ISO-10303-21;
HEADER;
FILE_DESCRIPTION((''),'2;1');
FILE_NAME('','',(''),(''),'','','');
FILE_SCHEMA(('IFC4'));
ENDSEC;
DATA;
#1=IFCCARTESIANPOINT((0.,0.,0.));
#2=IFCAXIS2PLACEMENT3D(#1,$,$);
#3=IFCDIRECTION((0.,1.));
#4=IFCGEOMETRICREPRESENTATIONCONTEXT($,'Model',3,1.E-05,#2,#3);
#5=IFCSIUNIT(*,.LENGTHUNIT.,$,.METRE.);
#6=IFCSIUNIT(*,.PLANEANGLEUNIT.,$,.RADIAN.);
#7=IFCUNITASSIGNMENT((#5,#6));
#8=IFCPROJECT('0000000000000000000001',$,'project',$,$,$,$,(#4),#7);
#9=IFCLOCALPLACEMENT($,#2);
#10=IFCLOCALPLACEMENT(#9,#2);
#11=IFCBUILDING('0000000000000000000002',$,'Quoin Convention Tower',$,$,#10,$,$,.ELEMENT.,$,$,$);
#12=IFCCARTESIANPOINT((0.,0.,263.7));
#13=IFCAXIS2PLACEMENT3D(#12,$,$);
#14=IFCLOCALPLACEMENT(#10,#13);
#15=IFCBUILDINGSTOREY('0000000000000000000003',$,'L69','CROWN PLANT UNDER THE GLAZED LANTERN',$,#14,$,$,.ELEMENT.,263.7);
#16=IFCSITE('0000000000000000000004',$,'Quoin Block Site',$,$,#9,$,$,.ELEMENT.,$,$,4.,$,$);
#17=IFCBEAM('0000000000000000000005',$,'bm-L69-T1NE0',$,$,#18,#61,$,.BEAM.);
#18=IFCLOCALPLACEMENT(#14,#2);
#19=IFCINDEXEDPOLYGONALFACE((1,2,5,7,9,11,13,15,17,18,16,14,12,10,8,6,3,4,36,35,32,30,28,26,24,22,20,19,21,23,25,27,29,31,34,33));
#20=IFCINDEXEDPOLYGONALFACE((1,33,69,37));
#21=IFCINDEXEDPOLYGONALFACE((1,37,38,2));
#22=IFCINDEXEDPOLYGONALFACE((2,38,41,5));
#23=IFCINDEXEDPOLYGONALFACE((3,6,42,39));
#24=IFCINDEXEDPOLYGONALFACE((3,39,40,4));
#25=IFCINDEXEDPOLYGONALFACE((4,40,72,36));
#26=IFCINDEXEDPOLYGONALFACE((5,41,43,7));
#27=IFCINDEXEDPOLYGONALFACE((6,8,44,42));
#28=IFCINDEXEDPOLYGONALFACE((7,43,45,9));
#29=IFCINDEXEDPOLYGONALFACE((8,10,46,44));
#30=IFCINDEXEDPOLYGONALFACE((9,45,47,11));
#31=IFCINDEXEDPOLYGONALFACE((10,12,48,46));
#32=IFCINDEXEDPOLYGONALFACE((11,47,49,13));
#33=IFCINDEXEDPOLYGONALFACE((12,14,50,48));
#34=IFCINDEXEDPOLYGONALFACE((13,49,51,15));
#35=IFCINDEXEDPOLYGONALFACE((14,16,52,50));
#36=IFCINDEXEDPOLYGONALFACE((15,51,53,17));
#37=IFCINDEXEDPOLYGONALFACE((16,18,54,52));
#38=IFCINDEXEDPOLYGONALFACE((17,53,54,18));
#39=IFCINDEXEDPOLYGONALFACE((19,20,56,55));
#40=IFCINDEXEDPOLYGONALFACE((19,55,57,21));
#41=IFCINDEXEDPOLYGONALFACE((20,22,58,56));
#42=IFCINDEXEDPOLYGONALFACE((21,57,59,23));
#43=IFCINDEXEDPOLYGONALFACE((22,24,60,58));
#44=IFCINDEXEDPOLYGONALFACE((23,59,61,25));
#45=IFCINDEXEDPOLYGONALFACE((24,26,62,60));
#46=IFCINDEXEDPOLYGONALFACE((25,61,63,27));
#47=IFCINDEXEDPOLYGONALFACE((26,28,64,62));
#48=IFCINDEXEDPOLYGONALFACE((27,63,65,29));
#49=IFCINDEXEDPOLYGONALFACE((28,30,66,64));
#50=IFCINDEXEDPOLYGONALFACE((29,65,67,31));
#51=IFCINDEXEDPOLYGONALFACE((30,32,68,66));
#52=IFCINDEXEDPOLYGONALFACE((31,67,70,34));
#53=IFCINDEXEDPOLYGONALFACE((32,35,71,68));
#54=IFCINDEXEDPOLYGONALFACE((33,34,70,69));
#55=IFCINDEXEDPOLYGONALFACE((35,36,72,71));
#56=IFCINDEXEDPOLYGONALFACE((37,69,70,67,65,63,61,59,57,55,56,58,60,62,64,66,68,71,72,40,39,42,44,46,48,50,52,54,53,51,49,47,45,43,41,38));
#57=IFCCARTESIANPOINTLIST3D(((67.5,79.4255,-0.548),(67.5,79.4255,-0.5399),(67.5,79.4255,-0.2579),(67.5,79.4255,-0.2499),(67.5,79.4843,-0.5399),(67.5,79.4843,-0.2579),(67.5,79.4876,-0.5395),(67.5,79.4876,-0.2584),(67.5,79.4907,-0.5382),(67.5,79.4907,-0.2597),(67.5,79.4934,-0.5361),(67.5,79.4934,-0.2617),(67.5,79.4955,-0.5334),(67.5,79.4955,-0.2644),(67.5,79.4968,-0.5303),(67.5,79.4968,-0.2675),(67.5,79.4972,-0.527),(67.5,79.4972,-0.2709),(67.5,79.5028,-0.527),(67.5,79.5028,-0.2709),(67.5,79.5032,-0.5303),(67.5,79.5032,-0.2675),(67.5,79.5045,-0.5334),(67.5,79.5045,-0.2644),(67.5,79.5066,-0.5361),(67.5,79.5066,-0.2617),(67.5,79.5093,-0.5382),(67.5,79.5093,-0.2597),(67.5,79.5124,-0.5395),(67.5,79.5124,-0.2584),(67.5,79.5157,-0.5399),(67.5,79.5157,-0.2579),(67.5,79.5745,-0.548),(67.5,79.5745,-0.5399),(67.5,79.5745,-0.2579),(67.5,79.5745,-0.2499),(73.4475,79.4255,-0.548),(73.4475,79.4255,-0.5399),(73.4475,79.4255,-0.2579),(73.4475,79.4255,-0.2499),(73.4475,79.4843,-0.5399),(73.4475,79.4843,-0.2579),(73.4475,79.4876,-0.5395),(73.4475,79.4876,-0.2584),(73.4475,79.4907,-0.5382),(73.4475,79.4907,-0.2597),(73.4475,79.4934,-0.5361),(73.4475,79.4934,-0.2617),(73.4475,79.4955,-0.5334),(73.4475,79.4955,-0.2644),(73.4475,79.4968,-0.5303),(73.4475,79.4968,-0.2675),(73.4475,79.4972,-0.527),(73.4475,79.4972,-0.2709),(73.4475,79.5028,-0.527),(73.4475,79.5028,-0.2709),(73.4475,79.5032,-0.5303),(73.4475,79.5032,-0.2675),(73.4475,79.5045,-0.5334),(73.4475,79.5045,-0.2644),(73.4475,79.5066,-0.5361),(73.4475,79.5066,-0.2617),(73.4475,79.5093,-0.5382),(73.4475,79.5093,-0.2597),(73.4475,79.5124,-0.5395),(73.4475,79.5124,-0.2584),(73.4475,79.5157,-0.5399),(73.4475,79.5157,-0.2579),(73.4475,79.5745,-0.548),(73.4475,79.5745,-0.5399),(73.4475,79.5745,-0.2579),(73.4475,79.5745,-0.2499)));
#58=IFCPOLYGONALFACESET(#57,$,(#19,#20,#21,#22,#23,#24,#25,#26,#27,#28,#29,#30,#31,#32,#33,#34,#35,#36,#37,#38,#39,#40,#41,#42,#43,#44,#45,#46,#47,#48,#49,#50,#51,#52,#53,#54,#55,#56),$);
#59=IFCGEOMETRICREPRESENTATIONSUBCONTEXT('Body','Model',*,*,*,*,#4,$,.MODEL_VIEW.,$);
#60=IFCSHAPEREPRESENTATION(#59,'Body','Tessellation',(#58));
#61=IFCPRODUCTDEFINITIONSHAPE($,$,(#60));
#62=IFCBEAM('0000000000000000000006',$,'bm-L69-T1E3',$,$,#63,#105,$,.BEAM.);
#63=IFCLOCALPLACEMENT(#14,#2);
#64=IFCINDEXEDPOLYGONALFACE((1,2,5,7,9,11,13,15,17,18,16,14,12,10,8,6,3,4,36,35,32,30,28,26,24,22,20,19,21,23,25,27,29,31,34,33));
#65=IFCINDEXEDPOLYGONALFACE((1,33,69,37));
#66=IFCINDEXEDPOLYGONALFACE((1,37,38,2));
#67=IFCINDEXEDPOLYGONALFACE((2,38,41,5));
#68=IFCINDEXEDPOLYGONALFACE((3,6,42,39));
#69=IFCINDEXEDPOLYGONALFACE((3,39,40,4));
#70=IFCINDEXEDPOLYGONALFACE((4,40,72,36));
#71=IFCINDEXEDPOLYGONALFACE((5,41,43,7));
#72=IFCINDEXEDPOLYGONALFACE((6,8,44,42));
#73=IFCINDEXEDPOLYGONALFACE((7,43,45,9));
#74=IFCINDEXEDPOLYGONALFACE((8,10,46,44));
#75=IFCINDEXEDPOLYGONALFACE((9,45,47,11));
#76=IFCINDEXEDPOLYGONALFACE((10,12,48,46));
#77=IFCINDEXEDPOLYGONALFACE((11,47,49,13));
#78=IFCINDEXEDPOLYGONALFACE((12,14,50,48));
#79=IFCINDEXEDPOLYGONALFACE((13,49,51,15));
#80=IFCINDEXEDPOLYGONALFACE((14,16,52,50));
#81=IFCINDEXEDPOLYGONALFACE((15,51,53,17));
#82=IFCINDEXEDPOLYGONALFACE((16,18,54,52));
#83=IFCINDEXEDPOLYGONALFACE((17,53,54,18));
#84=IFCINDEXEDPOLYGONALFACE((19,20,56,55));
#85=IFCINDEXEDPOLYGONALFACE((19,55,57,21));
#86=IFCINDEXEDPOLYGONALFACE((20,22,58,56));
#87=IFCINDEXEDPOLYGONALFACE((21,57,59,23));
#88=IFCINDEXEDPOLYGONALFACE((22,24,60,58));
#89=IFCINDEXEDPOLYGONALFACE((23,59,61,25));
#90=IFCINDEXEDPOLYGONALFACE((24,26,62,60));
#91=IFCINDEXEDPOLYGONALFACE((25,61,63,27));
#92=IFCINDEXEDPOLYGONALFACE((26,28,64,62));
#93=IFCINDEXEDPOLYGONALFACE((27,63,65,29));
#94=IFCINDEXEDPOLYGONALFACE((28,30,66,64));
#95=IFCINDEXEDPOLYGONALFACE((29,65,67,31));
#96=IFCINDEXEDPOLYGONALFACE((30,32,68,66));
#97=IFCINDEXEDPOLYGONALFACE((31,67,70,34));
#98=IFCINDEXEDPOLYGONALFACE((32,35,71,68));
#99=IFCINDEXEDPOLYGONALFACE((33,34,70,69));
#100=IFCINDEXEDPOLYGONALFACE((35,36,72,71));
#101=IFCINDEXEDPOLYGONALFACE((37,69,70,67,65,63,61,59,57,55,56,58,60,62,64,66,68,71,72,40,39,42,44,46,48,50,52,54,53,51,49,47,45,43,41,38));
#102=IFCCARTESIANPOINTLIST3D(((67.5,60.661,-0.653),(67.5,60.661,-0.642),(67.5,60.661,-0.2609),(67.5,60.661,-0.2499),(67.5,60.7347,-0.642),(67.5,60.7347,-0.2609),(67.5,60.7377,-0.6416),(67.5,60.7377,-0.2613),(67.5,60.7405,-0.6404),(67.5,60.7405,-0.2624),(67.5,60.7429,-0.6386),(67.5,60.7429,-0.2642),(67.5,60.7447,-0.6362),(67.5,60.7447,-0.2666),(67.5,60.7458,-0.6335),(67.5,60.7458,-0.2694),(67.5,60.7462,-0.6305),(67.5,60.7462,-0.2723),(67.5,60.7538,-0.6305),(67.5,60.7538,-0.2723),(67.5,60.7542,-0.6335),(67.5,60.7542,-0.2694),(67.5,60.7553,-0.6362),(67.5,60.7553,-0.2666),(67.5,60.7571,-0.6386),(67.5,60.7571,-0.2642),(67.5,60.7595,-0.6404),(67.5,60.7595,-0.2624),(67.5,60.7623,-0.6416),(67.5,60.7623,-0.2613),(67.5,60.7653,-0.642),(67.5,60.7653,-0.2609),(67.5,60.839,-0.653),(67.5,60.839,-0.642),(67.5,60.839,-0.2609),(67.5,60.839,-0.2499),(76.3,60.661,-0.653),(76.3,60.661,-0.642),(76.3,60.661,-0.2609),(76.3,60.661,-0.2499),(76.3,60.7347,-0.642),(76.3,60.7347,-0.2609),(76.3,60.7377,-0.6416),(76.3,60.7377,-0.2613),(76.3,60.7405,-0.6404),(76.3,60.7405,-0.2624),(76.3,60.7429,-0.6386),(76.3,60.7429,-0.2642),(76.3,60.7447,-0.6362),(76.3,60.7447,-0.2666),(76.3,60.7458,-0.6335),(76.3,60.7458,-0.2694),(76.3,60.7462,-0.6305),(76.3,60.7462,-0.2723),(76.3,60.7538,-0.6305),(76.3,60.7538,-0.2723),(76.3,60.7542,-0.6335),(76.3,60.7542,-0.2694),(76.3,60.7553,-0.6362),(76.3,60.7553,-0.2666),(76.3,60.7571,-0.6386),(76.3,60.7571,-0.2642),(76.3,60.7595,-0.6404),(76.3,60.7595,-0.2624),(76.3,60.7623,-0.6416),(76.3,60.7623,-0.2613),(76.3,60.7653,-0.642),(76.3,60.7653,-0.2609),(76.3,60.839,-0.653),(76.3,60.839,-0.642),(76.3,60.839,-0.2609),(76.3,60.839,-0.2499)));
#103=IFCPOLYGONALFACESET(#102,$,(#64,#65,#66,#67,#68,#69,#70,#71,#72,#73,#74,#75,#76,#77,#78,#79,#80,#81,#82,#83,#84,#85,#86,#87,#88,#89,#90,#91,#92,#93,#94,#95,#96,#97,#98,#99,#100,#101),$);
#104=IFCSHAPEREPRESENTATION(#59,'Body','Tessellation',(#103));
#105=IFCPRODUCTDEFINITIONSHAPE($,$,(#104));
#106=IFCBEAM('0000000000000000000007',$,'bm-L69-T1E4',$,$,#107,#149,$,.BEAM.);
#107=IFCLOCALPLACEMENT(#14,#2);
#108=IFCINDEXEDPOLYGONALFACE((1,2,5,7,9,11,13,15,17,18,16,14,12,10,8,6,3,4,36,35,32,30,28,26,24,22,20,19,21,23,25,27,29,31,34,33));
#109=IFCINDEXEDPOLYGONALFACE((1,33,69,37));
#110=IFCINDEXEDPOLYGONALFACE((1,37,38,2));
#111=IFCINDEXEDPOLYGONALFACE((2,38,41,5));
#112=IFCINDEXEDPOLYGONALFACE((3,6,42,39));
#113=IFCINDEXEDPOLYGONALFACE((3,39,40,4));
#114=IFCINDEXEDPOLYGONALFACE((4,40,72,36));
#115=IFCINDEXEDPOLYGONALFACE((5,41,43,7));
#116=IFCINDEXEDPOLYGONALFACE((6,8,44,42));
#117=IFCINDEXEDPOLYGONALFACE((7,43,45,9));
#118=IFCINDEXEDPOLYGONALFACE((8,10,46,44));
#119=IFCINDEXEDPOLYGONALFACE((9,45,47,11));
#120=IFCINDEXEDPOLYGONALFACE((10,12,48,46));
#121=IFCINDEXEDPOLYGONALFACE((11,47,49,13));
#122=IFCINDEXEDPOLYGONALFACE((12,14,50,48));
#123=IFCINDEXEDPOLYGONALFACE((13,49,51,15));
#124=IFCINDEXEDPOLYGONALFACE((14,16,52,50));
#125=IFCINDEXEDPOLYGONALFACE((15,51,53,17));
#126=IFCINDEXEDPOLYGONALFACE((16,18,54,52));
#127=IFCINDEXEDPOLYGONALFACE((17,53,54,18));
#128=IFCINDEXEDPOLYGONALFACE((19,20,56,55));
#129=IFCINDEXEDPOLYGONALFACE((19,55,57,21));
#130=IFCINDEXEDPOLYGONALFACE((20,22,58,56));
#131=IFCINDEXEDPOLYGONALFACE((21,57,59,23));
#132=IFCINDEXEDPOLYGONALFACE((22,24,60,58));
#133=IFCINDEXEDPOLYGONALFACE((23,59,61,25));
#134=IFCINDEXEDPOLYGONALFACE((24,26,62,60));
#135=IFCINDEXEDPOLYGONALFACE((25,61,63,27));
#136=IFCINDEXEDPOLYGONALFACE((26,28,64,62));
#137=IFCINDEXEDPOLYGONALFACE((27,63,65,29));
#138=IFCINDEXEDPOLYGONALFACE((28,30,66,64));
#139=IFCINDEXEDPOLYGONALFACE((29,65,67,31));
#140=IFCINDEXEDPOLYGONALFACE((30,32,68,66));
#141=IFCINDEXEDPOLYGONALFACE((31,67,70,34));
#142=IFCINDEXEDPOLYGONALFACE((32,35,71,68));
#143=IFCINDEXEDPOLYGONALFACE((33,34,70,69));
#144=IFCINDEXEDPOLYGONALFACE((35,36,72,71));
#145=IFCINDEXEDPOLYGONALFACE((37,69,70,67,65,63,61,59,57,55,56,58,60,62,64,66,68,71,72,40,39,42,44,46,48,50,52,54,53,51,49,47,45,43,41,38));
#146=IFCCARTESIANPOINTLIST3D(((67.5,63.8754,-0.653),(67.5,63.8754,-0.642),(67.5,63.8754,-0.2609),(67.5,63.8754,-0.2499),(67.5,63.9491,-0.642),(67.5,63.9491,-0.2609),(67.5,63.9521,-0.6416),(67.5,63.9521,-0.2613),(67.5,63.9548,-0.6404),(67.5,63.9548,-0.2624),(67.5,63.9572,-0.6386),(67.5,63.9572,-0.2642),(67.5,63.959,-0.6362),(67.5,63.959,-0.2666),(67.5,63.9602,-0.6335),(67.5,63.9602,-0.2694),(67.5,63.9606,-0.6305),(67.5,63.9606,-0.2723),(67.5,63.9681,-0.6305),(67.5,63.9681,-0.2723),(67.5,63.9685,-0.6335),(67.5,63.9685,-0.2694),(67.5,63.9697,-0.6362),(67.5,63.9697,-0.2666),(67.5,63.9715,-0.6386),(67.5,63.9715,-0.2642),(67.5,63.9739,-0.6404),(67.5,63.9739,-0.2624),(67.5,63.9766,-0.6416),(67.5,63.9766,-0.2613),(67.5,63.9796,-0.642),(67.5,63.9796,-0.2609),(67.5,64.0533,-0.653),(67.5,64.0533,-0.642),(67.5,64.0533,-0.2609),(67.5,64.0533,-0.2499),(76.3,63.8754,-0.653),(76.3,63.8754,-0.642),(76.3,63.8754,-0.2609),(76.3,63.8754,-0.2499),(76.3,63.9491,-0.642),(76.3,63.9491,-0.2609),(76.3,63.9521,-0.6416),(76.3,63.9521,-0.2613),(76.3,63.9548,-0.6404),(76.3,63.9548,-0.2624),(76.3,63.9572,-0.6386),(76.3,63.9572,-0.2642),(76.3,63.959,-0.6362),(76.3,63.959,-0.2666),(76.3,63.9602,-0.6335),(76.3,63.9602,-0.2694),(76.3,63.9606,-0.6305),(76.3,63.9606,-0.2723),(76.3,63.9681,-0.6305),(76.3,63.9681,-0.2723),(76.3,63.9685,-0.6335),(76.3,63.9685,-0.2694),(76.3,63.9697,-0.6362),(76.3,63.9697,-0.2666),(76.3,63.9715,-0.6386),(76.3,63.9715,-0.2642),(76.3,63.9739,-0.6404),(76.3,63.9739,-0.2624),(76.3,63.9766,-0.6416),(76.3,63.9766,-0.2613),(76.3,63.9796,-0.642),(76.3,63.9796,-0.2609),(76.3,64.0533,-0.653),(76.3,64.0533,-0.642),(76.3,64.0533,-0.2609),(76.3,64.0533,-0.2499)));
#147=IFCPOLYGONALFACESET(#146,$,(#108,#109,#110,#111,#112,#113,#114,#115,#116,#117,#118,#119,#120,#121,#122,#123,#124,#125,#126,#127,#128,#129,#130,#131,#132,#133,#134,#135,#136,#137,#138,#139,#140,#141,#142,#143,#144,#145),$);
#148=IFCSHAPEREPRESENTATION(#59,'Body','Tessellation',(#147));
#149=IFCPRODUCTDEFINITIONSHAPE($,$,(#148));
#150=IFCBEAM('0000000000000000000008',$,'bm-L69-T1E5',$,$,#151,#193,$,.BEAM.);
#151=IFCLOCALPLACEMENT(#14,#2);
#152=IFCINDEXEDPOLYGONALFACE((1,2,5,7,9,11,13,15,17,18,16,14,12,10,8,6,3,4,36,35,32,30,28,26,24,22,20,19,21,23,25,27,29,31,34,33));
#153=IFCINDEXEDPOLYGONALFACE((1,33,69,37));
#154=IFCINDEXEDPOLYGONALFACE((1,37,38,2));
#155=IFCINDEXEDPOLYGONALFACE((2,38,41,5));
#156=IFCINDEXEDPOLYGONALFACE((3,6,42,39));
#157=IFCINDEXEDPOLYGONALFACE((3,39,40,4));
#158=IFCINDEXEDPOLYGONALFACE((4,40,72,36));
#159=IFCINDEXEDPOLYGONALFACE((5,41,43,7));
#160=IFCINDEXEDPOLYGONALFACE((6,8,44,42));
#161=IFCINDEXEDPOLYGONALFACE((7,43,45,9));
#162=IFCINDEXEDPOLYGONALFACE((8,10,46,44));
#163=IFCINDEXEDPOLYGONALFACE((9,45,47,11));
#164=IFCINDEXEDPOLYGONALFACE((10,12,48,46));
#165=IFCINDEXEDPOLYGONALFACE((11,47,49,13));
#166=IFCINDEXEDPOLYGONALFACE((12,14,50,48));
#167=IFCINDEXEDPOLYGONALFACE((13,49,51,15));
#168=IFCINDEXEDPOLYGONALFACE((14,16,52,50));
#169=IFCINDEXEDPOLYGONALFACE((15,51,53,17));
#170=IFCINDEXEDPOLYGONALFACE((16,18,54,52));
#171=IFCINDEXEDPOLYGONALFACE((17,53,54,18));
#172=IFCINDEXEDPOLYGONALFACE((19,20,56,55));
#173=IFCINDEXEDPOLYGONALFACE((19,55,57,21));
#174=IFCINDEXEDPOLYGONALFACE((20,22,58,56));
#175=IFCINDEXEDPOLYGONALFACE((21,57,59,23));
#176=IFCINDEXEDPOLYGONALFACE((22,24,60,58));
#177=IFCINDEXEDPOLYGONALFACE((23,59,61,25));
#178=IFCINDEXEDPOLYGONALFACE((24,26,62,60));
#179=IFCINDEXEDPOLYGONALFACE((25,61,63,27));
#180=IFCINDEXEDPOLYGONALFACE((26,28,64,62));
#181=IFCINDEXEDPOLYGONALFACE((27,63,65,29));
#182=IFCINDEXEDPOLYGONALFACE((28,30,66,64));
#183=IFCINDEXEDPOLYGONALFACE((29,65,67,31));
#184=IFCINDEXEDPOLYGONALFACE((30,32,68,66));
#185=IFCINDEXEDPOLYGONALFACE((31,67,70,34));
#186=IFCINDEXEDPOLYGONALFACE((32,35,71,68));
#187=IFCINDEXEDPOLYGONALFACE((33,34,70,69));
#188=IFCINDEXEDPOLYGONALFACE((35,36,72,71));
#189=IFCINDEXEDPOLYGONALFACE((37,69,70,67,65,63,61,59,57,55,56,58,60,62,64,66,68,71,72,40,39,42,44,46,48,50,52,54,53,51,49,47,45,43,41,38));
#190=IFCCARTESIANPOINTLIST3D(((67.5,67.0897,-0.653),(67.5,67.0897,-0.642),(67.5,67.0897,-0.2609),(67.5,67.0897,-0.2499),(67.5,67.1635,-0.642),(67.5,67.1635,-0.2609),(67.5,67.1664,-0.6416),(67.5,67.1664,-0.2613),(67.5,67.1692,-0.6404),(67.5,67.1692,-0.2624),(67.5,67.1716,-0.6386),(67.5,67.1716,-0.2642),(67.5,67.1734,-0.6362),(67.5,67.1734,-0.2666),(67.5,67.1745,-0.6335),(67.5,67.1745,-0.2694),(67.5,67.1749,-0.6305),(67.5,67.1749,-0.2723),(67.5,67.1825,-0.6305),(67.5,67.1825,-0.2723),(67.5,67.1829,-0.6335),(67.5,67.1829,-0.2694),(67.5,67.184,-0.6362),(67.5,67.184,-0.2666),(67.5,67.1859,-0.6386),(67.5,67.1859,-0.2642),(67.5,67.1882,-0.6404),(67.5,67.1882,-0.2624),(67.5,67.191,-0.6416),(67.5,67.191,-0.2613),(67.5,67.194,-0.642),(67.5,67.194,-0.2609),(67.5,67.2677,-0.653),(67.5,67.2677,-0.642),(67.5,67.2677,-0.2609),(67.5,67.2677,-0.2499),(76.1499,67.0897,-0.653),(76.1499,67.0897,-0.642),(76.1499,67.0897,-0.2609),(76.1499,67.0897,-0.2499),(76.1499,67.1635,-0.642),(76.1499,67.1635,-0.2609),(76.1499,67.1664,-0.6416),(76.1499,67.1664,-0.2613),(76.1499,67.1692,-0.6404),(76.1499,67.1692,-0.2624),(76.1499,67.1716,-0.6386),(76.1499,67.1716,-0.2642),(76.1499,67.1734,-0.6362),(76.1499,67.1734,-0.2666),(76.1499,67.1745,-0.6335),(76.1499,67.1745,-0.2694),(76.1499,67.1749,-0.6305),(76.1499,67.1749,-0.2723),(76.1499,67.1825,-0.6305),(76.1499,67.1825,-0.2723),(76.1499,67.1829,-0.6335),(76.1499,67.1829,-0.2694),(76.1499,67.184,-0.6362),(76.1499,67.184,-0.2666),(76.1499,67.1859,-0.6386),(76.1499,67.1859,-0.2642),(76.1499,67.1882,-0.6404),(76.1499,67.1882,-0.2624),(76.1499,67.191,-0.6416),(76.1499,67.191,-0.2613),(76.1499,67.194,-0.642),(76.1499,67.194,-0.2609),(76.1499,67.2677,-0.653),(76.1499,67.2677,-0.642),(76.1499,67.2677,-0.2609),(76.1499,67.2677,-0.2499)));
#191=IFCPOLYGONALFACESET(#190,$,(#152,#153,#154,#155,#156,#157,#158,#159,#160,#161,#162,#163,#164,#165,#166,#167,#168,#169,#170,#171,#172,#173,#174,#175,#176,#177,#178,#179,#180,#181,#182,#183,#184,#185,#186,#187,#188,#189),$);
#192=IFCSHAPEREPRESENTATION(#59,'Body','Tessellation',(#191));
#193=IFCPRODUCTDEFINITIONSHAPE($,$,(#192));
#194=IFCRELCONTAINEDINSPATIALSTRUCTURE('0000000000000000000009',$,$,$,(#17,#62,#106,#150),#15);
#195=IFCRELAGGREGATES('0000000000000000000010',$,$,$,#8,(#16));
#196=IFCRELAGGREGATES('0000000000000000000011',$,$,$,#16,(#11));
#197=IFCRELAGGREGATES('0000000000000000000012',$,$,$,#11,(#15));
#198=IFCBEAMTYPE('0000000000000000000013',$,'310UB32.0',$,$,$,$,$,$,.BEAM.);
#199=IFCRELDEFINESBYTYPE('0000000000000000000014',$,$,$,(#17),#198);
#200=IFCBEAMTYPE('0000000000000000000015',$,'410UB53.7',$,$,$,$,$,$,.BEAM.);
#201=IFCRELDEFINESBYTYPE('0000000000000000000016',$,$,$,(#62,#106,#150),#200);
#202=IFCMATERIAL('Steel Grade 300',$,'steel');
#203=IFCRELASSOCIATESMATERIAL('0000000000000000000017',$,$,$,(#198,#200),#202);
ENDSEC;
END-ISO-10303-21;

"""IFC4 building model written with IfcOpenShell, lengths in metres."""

from ifc_helpers import new_model, si_unit, direction, frame, origin, origin_2d, place, context, subcontext, project, spatial, i_section, extrude, material, material_profile, profile_set, type_object, element, save


model = new_model("IFC4")

# Units and contexts
model_context = context("Model", 3, precision=1e-05, world=origin(), true_north=direction((0.0, 1.0)))
body_context = subcontext(model_context, "Body", "Model", "MODEL_VIEW")
ifc_project = project(units=[si_unit("LENGTHUNIT", "METRE"), si_unit("PLANEANGLEUNIT", "RADIAN")], contexts=[model_context])

# Site, building, storey
site_placement = place(None, origin())
site = spatial("IfcSite", under=ifc_project, at=site_placement, Name="Quoin Block Site", CompositionType="ELEMENT", RefElevation=4.0)
building_placement = place(site_placement, origin())
building = spatial("IfcBuilding", under=site, at=building_placement, Name="Quoin Convention Tower", CompositionType="ELEMENT")
storey_placement = place(building_placement, frame((0.0, 0.0, 263.7)))
storey = spatial("IfcBuildingStorey", under=building, at=storey_placement, Name="L69", Description="CROWN PLANT UNDER THE GLAZED LANTERN", CompositionType="ELEMENT", Elevation=263.7)

# Beams
ifc_material_1 = material(Name="Steel Grade 300", Category="steel")
ifc_material_profile_1 = material_profile(ifc_material_1, i_section(OverallWidth=0.1489, OverallDepth=0.2981, WebThickness=0.0056, FlangeThickness=0.0081, FilletRadius=0.0129, at=origin_2d()), Name="310UB32.0")
ifc_profile_set_1 = profile_set([ifc_material_profile_1], Name="Steel Grade 300")
beam_type_1 = type_object("IfcBeamType", Name="310UB32.0", PredefinedType="BEAM", material=ifc_profile_set_1)
beam_1_placement = place(storey_placement, frame((67.5, 79.5, -0.3989), z_axis=(1.0, 0.0, 0.0), x_axis=(0.0, 1.0, 0.0)))
element("IfcBeam", 1, at=beam_1_placement, inside=storey, type_object=beam_type_1, Name="bm-L69-T1NE0", PredefinedType="BEAM", context=body_context, shape_type="SweptSolid", body=[
    extrude(i_section(OverallWidth=0.1489, OverallDepth=0.2981, WebThickness=0.0056, FlangeThickness=0.0081, FilletRadius=0.0129, at=origin_2d()), origin(), (0.0, 0.0, 1.0), 5.9475),
])
ifc_material_profile_2 = material_profile(ifc_material_1, i_section(OverallWidth=0.178, OverallDepth=0.4031, WebThickness=0.0076, FlangeThickness=0.011, FilletRadius=0.0115, at=origin_2d()), Name="410UB53.7")
ifc_profile_set_2 = profile_set([ifc_material_profile_2], Name="Steel Grade 300")
beam_type_2 = type_object("IfcBeamType", Name="410UB53.7", PredefinedType="BEAM", material=ifc_profile_set_2)
for number, where, z_axis, x_axis, name in (
    (2, (67.5, 60.75, -0.4514), (1.0, 0.0, 0.0), (0.0, 1.0, 0.0), "bm-L69-T1E3"),
    (3, (67.5, 63.9644, -0.4514), (1.0, 0.0, 0.0), (0.0, 1.0, 0.0), "bm-L69-T1E4"),
):
    element("IfcBeam", number, at=place(storey_placement, frame(where, z_axis=z_axis, x_axis=x_axis)), inside=storey, type_object=beam_type_2, Name=name, PredefinedType="BEAM", context=body_context, shape_type="SweptSolid", body=[
        extrude(i_section(OverallWidth=0.178, OverallDepth=0.4031, WebThickness=0.0076, FlangeThickness=0.011, FilletRadius=0.0115, at=origin_2d()), origin(), (0.0, 0.0, 1.0), 8.8),
    ])
beam_2_placement = place(storey_placement, frame((67.5, 67.1787, -0.4514), z_axis=(1.0, 0.0, 0.0), x_axis=(0.0, 1.0, 0.0)))
element("IfcBeam", 4, at=beam_2_placement, inside=storey, type_object=beam_type_2, Name="bm-L69-T1E5", PredefinedType="BEAM", context=body_context, shape_type="SweptSolid", body=[
    extrude(i_section(OverallWidth=0.178, OverallDepth=0.4031, WebThickness=0.0076, FlangeThickness=0.011, FilletRadius=0.0115, at=origin_2d()), origin(), (0.0, 0.0, 1.0), 8.6499),
])

save(model, "model.ifc")
